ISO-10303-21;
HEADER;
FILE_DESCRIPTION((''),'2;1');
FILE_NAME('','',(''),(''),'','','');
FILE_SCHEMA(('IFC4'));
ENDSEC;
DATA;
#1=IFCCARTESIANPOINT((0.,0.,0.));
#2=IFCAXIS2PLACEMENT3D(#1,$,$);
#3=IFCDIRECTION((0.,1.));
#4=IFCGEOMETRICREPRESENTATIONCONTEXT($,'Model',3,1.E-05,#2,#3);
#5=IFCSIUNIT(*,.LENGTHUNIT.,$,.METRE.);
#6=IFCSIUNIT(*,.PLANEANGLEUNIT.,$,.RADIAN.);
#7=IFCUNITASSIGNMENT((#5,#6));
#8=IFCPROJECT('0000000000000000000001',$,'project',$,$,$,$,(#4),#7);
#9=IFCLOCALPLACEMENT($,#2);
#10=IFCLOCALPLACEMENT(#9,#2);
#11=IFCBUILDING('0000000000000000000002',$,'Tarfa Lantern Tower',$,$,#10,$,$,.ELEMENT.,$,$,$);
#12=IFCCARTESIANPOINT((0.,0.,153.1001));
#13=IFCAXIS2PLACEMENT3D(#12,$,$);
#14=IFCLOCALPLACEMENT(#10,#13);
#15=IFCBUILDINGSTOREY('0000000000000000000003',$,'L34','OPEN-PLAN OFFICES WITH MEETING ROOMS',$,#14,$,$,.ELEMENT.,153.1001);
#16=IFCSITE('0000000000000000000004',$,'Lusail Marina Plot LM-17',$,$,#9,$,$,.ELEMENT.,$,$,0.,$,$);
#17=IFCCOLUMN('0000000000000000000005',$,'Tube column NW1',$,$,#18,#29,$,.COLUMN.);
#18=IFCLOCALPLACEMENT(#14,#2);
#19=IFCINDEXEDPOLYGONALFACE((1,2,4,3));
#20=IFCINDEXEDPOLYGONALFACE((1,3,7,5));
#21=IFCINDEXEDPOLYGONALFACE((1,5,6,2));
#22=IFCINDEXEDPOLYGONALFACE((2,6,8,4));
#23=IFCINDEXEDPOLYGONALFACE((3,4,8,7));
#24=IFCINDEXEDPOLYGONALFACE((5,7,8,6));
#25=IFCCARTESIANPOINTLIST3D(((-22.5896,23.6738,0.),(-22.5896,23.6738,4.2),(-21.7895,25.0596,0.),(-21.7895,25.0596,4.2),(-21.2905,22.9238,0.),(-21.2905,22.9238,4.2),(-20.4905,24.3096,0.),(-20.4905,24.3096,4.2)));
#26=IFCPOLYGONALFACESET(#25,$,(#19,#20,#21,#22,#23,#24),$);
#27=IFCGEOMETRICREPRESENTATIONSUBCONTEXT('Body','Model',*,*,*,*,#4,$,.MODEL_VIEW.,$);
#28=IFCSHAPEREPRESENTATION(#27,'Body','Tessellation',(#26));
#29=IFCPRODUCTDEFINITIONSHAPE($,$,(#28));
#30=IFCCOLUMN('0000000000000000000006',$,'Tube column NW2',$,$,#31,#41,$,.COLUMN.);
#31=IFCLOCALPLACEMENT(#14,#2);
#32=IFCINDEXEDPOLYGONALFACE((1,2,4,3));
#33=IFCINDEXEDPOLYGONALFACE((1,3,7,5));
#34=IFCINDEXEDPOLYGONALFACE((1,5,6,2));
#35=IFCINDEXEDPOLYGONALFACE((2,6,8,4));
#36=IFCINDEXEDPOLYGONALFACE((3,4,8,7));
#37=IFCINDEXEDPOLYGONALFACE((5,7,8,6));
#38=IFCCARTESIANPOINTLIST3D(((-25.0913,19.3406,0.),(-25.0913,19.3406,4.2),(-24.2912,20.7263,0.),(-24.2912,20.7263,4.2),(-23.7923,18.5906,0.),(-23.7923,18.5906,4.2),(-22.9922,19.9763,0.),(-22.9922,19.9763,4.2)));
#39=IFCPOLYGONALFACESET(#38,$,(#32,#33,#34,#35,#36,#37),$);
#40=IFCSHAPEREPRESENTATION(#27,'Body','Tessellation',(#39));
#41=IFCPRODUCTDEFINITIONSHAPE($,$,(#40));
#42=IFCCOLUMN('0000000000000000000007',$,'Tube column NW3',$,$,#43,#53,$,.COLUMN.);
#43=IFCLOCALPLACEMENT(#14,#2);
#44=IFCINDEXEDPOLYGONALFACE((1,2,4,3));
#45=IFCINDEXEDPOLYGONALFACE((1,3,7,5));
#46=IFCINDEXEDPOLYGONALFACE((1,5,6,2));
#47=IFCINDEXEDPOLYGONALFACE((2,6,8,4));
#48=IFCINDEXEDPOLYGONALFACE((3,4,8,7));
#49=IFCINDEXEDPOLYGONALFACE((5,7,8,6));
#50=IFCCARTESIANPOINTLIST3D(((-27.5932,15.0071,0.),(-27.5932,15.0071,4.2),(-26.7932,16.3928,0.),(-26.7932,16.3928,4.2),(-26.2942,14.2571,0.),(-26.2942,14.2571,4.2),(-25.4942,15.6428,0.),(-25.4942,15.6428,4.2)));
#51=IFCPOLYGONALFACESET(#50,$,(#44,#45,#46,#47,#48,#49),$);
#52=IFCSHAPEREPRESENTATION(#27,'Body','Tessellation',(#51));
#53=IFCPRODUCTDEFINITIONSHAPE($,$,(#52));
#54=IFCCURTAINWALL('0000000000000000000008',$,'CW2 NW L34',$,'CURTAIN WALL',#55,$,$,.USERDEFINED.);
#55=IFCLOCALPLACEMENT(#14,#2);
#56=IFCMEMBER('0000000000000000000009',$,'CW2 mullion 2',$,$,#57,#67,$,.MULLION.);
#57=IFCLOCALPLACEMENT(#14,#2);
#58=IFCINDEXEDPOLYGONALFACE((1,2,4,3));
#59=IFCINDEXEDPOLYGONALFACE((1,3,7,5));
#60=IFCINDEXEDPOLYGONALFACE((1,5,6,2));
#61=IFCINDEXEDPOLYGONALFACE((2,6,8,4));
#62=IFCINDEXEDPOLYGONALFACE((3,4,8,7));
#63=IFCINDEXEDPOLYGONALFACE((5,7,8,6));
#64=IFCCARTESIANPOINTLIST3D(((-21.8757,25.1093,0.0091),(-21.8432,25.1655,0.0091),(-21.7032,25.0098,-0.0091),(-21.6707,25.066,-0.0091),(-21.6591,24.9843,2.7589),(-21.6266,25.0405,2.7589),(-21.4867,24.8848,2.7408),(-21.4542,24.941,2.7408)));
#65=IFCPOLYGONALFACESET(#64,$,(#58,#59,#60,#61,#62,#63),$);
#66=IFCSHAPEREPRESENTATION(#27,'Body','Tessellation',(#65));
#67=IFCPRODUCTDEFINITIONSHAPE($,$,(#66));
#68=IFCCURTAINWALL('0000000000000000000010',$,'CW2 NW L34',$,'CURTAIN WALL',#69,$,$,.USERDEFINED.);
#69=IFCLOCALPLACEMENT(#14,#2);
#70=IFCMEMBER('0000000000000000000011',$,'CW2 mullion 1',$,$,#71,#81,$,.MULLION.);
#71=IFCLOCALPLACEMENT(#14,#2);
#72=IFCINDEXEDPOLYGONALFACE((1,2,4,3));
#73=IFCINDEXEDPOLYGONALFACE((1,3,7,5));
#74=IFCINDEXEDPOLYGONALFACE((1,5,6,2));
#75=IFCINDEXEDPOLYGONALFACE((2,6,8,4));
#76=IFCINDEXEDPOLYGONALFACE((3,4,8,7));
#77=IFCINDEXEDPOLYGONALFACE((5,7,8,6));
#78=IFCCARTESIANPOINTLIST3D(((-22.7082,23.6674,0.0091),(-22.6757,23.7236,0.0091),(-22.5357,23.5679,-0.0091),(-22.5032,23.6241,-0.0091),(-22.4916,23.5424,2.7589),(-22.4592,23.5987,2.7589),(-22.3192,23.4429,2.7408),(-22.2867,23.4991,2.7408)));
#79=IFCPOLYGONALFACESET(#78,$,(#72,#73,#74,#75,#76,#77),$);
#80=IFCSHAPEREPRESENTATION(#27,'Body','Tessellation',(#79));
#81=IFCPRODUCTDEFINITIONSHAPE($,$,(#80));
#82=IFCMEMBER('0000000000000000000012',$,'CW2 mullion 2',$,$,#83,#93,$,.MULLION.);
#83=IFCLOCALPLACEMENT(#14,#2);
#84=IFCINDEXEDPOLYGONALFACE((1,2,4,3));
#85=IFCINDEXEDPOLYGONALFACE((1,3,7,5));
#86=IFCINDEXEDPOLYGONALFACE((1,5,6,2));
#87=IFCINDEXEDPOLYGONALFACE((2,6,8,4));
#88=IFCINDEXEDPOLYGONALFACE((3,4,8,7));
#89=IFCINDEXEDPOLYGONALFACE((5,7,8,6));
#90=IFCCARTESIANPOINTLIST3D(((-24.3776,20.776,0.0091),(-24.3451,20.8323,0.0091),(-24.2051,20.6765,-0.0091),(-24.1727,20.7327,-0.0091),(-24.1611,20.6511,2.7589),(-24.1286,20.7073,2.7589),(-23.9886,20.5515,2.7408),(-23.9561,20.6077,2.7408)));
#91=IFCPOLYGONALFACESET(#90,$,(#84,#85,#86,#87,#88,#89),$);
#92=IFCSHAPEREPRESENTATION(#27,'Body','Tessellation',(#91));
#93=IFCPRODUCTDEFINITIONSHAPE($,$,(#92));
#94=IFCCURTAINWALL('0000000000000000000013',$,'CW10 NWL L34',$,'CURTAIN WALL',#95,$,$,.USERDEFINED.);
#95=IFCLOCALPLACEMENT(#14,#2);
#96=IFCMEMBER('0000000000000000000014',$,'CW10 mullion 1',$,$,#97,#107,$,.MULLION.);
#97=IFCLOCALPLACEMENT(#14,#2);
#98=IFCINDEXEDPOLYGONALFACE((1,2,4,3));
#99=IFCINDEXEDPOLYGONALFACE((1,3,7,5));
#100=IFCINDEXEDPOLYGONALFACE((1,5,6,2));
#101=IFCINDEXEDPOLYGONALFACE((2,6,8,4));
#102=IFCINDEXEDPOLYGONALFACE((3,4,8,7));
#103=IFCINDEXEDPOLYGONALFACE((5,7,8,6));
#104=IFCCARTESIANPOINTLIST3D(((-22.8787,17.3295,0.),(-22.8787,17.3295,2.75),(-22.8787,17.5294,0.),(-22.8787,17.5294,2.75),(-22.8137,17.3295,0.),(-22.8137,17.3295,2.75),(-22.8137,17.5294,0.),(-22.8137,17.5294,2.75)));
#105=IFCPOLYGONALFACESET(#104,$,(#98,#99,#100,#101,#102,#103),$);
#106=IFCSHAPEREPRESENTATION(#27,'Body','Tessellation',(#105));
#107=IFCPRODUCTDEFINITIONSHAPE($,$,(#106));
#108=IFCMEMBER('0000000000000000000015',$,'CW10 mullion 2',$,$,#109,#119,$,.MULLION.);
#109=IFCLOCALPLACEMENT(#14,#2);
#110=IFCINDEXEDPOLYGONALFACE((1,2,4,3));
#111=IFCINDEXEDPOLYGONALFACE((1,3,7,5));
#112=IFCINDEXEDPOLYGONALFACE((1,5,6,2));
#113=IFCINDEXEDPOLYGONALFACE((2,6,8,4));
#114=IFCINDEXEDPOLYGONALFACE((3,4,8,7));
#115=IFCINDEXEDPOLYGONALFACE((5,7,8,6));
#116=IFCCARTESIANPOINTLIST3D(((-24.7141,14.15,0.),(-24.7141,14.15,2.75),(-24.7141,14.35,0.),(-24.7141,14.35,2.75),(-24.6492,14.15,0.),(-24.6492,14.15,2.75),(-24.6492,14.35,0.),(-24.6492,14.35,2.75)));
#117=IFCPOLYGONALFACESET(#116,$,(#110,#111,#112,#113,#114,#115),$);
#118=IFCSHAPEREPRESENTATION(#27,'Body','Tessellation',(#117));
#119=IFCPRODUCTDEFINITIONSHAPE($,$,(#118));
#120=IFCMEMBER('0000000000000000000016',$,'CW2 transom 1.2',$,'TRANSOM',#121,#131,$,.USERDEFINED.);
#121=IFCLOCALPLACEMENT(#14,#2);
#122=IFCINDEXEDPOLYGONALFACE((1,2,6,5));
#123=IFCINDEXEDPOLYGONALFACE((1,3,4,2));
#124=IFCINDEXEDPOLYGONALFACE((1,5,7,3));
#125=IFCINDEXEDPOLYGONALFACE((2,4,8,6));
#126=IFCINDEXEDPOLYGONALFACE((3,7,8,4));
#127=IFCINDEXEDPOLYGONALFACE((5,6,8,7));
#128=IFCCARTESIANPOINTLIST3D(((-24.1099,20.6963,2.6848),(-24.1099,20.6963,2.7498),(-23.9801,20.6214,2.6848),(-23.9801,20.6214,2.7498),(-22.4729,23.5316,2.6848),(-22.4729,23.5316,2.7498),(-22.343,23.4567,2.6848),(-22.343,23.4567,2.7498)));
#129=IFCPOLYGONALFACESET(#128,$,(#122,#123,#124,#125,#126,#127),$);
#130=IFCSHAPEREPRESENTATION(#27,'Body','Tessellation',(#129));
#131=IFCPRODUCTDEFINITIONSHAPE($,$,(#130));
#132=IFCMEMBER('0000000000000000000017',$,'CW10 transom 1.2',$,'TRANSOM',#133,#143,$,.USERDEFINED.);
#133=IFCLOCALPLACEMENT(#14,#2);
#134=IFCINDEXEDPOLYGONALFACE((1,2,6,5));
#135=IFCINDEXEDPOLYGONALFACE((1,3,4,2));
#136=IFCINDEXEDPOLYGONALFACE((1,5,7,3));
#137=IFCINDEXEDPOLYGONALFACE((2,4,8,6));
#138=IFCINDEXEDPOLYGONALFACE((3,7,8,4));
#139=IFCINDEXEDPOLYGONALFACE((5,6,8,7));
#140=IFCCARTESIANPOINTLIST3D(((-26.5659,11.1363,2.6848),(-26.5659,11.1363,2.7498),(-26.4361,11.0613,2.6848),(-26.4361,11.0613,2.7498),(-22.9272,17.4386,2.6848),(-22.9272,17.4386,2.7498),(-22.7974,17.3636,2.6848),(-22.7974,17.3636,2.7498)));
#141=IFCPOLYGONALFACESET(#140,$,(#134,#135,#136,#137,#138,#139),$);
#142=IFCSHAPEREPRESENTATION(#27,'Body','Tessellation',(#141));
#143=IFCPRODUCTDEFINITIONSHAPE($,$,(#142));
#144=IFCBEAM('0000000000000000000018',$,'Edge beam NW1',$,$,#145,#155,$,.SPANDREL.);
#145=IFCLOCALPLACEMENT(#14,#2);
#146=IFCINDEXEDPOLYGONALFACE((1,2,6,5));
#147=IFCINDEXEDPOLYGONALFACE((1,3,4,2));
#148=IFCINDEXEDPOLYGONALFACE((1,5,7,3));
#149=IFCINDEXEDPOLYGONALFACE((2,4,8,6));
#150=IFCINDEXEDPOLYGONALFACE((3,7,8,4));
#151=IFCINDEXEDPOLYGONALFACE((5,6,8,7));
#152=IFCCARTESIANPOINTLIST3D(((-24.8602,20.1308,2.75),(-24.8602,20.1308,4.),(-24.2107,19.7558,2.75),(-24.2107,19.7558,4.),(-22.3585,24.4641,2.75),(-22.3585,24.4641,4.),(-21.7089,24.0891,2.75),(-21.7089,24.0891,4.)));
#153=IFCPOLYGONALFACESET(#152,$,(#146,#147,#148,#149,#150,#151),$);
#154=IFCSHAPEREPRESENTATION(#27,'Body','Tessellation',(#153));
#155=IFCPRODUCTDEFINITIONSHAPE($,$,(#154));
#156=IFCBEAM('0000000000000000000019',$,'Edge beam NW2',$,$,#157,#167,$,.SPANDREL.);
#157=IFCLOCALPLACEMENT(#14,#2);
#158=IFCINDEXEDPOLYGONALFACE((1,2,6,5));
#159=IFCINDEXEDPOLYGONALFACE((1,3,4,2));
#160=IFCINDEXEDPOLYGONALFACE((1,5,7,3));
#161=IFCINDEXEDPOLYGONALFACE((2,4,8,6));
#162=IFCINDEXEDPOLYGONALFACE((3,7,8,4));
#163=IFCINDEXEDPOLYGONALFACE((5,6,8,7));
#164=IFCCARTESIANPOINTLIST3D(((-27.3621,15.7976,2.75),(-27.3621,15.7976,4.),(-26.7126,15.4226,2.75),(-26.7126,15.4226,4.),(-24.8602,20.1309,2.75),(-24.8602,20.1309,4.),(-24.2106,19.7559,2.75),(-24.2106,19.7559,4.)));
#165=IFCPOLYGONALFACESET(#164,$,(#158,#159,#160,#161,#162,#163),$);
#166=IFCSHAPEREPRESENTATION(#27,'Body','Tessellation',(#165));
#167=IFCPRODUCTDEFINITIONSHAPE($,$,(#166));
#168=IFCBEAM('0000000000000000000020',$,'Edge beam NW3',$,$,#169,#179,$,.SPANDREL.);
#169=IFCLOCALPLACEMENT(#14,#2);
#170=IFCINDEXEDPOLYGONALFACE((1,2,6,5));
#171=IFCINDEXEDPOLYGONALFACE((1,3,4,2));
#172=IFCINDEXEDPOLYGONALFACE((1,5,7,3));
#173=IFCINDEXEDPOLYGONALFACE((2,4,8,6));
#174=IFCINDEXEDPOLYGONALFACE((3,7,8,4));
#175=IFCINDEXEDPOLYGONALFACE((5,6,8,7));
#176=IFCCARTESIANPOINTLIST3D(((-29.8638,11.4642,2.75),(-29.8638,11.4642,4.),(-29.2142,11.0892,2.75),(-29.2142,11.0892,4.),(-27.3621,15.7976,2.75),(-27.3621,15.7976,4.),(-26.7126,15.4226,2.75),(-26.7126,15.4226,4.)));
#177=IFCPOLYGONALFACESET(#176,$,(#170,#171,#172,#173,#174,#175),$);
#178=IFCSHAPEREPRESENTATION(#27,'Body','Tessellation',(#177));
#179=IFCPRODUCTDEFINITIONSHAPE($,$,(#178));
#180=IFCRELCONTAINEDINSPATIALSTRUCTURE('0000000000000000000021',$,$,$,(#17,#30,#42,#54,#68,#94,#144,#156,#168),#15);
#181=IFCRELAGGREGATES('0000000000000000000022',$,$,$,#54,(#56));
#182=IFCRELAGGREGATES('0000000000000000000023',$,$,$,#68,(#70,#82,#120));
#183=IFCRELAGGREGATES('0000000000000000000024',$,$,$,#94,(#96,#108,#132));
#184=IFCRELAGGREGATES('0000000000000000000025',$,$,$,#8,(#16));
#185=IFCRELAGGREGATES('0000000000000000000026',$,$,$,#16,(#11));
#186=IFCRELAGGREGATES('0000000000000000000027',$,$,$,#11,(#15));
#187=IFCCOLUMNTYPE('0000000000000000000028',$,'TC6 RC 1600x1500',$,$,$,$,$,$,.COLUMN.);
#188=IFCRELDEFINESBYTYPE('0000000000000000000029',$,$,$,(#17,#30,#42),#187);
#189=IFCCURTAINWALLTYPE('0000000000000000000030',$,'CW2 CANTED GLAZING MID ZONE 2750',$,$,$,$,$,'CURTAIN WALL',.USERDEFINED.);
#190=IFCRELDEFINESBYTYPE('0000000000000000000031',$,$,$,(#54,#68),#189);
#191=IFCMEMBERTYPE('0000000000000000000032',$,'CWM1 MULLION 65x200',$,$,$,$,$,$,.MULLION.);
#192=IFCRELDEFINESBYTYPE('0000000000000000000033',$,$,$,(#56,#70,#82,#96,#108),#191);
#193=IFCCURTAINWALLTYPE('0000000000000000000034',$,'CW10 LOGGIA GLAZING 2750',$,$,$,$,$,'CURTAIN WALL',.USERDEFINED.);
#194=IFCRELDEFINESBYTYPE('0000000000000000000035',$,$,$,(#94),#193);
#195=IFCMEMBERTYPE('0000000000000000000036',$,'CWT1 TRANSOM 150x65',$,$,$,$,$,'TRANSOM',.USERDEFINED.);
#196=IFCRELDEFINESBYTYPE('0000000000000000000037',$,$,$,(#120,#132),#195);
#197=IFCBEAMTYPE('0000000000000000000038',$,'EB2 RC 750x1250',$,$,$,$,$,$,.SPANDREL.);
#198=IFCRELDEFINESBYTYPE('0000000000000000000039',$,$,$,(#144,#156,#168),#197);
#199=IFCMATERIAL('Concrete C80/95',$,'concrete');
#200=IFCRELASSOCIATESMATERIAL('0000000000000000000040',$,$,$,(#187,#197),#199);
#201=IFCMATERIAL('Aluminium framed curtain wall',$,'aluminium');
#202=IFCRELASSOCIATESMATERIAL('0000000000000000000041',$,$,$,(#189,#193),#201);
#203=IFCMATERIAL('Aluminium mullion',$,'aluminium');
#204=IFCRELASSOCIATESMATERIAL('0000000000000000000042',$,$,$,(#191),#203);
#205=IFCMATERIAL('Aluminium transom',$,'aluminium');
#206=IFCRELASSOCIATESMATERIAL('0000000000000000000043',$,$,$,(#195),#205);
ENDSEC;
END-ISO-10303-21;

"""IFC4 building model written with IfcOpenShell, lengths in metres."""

from ifc_helpers import new_model, si_unit, direction, frame, origin, origin_2d, place, context, subcontext, project, spatial, rectangle, extrude, material, material_profile, profile_set, type_object, element, aggregate, save


model = new_model("IFC4")

# Units and contexts
model_context = context("Model", 3, precision=1e-05, world=origin(), true_north=direction((0.0, 1.0)))
body_context = subcontext(model_context, "Body", "Model", "MODEL_VIEW")
ifc_project = project(units=[si_unit("LENGTHUNIT", "METRE"), si_unit("PLANEANGLEUNIT", "RADIAN")], contexts=[model_context])

# Site, building, storey
site_placement = place(None, origin())
site = spatial("IfcSite", under=ifc_project, at=site_placement, Name="Lusail Marina Plot LM-17", CompositionType="ELEMENT", RefElevation=0.0)
building_placement = place(site_placement, origin())
building = spatial("IfcBuilding", under=site, at=building_placement, Name="Tarfa Lantern Tower", CompositionType="ELEMENT")
storey_placement = place(building_placement, frame((0.0, 0.0, 153.1001)))
storey = spatial("IfcBuildingStorey", under=building, at=storey_placement, Name="L34", Description="OPEN-PLAN OFFICES WITH MEETING ROOMS", CompositionType="ELEMENT", Elevation=153.1001)

# Columns
ifc_material_1 = material(Name="Concrete C80/95", Category="concrete")
ifc_material_profile_1 = material_profile(ifc_material_1, rectangle(XDim=1.6001, YDim=1.5, at=origin_2d()), Name="RC 1600x1500")
ifc_profile_set_1 = profile_set([ifc_material_profile_1], Name="Concrete C80/95")
column_type = type_object("IfcColumnType", Name="TC6 RC 1600x1500", PredefinedType="COLUMN", material=ifc_profile_set_1)
for number, where, z_axis, x_axis, name in (
    (1, (-21.54, 23.9917, 0.0), (0.0, 0.0, 1.0), (-0.5, -0.866025, 0.0), "Tube column NW1"),
    (2, (-24.0417, 19.6584, 0.0), (0.0, 0.0, 1.0), (-0.5, -0.866025, 0.0), "Tube column NW2"),
    (3, (-26.5437, 15.325, 0.0), (0.0, 0.0, 1.0), (-0.5, -0.866025, 0.0), "Tube column NW3"),
):
    element("IfcColumn", number, at=place(storey_placement, frame(where, z_axis=z_axis, x_axis=x_axis)), inside=storey, type_object=column_type, Name=name, PredefinedType="COLUMN", context=body_context, shape_type="SweptSolid", body=[
        extrude(rectangle(XDim=1.6001, YDim=1.5, at=origin_2d()), origin(), (0.0, 0.0, 1.0), 4.2),
    ])

# Curtain wall, member
ifc_material_2 = material(Name="Aluminium framed curtain wall", Category="aluminium")
curtain_wall_type_1 = type_object("IfcCurtainWallType", Name="CW2 CANTED GLAZING MID ZONE 2750", ElementType="CURTAIN WALL", PredefinedType="USERDEFINED", material=ifc_material_2)
curtain_wall_1_placement = place(storey_placement, origin())
curtain_wall_1 = element("IfcCurtainWall", 4, at=curtain_wall_1_placement, inside=storey, type_object=curtain_wall_type_1, Name="CW2 NW L34", ObjectType="CURTAIN WALL", PredefinedType="USERDEFINED")
ifc_material_3 = material(Name="Aluminium mullion", Category="aluminium")
ifc_material_profile_2 = material_profile(ifc_material_3, rectangle(XDim=0.0649, YDim=0.2, at=origin_2d()), Name="AL MULLION 65x200")
ifc_profile_set_2 = profile_set([ifc_material_profile_2], Name="Aluminium mullion")
member_type_1 = type_object("IfcMemberType", Name="CWM1 MULLION 65x200", PredefinedType="MULLION", material=ifc_profile_set_2)
member_1_placement = place(storey_placement, frame((-21.7732, 25.0876, 0.0), z_axis=(0.078423, -0.045268, 0.995892), x_axis=(0.49992, 0.866072, 0.0)))
member_1 = element("IfcMember", 5, at=member_1_placement, type_object=member_type_1, Name="CW2 mullion 2", PredefinedType="MULLION", context=body_context, shape_type="SweptSolid", body=[
    extrude(rectangle(XDim=0.0649, YDim=0.2, at=origin_2d()), origin(), (0.0, 0.0, 1.0), 2.7612),
])
aggregate(curtain_wall_1, [member_1])

# Curtain walls, members
curtain_wall_2_placement = place(storey_placement, origin())
curtain_wall_2 = element("IfcCurtainWall", 6, at=curtain_wall_2_placement, inside=storey, type_object=curtain_wall_type_1, Name="CW2 NW L34", ObjectType="CURTAIN WALL", PredefinedType="USERDEFINED")
member_2_placement = place(storey_placement, frame((-22.6057, 23.6458, 0.0), z_axis=(0.078423, -0.045268, 0.995892), x_axis=(0.49992, 0.866072, 0.0)))
member_2 = element("IfcMember", 7, at=member_2_placement, type_object=member_type_1, Name="CW2 mullion 1", PredefinedType="MULLION", context=body_context, shape_type="SweptSolid", body=[
    extrude(rectangle(XDim=0.0649, YDim=0.2, at=origin_2d()), origin(), (0.0, 0.0, 1.0), 2.7612),
])
member_3_placement = place(storey_placement, frame((-24.2751, 20.7544, 0.0), z_axis=(0.078423, -0.045268, 0.995892), x_axis=(0.49992, 0.866072, 0.0)))
member_3 = element("IfcMember", 8, at=member_3_placement, type_object=member_type_1, Name="CW2 mullion 2", PredefinedType="MULLION", context=body_context, shape_type="SweptSolid", body=[
    extrude(rectangle(XDim=0.0649, YDim=0.2, at=origin_2d()), origin(), (0.0, 0.0, 1.0), 2.7612),
])
curtain_wall_type_2 = type_object("IfcCurtainWallType", Name="CW10 LOGGIA GLAZING 2750", ElementType="CURTAIN WALL", PredefinedType="USERDEFINED", material=ifc_material_2)
curtain_wall_3_placement = place(storey_placement, origin())
curtain_wall_3 = element("IfcCurtainWall", 9, at=curtain_wall_3_placement, inside=storey, type_object=curtain_wall_type_2, Name="CW10 NWL L34", ObjectType="CURTAIN WALL", PredefinedType="USERDEFINED")
member_4_placement = place(storey_placement, frame((-22.8462, 17.4294, 0.0), z_axis=(0.0, 0.0, 1.0), x_axis=(1.0, 0.0, 0.0)))
member_4 = element("IfcMember", 10, at=member_4_placement, type_object=member_type_1, Name="CW10 mullion 1", PredefinedType="MULLION", context=body_context, shape_type="SweptSolid", body=[
    extrude(rectangle(XDim=0.0649, YDim=0.2, at=origin_2d()), origin(), (0.0, 0.0, 1.0), 2.75),
])
member_5_placement = place(storey_placement, frame((-24.6816, 14.25, 0.0), z_axis=(0.0, 0.0, 1.0), x_axis=(1.0, 0.0, 0.0)))
member_5 = element("IfcMember", 11, at=member_5_placement, type_object=member_type_1, Name="CW10 mullion 2", PredefinedType="MULLION", context=body_context, shape_type="SweptSolid", body=[
    extrude(rectangle(XDim=0.0649, YDim=0.2, at=origin_2d()), origin(), (0.0, 0.0, 1.0), 2.75),
])

# Members
ifc_material_4 = material(Name="Aluminium transom", Category="aluminium")
ifc_material_profile_3 = material_profile(ifc_material_4, rectangle(XDim=0.1499, YDim=0.0649, at=origin_2d()), Name="AL TRANSOM 150x65")
ifc_profile_set_3 = profile_set([ifc_material_profile_3], Name="Aluminium transom")
member_type_2 = type_object("IfcMemberType", Name="CWT1 TRANSOM 150x65", ElementType="TRANSOM", PredefinedType="USERDEFINED", material=ifc_profile_set_3)
member_6_placement = place(storey_placement, frame((-22.408, 23.4941, 2.7173), z_axis=(-0.500013, -0.866018, 0.0), x_axis=(0.866018, -0.500013, 0.0)))
member_6 = element("IfcMember", 12, at=member_6_placement, type_object=member_type_2, Name="CW2 transom 1.2", ObjectType="TRANSOM", PredefinedType="USERDEFINED", context=body_context, shape_type="SweptSolid", body=[
    extrude(rectangle(XDim=0.1499, YDim=0.0649, at=origin_2d()), origin(), (0.0, 0.0, 1.0), 3.2739),
])
member_7_placement = place(storey_placement, frame((-22.8623, 17.4011, 2.7173), z_axis=(-0.500007, -0.866021, 0.0), x_axis=(0.866021, -0.500007, 0.0)))
member_7 = element("IfcMember", 13, at=member_7_placement, type_object=member_type_2, Name="CW10 transom 1.2", ObjectType="TRANSOM", PredefinedType="USERDEFINED", context=body_context, shape_type="SweptSolid", body=[
    extrude(rectangle(XDim=0.1499, YDim=0.0649, at=origin_2d()), origin(), (0.0, 0.0, 1.0), 7.2773),
])

# Beams
ifc_material_profile_4 = material_profile(ifc_material_1, rectangle(XDim=0.75, YDim=1.25, at=origin_2d()), Name="RC 750x1250")
ifc_profile_set_4 = profile_set([ifc_material_profile_4], Name="Concrete C80/95")
beam_type_1 = type_object("IfcBeamType", Name="EB2 RC 750x1250", PredefinedType="SPANDREL", material=ifc_profile_set_4)
for number, where, z_axis, x_axis, name in (
    (14, (-22.0337, 24.2766, 3.375), (-0.499986, -0.866034, 0.0), (0.866034, -0.499986, 0.0), "Edge beam NW1"),
    (15, (-24.5354, 19.9434, 3.375), (-0.500022, -0.866013, 0.0), (0.866013, -0.500022, 0.0), "Edge beam NW2"),
    (16, (-27.0374, 15.6101, 3.375), (-0.499965, -0.866046, 0.0), (0.866046, -0.499965, 0.0), "Edge beam NW3"),
):
    element("IfcBeam", number, at=place(storey_placement, frame(where, z_axis=z_axis, x_axis=x_axis)), inside=storey, type_object=beam_type_1, Name=name, PredefinedType="SPANDREL", context=body_context, shape_type="SweptSolid", body=[
        extrude(rectangle(XDim=0.75, YDim=1.25, at=origin_2d()), origin(), (0.0, 0.0, 1.0), 5.0037),
    ])

aggregate(curtain_wall_2, [member_2, member_3, member_6])
aggregate(curtain_wall_3, [member_4, member_5, member_7])

save(model, "model.ifc")
